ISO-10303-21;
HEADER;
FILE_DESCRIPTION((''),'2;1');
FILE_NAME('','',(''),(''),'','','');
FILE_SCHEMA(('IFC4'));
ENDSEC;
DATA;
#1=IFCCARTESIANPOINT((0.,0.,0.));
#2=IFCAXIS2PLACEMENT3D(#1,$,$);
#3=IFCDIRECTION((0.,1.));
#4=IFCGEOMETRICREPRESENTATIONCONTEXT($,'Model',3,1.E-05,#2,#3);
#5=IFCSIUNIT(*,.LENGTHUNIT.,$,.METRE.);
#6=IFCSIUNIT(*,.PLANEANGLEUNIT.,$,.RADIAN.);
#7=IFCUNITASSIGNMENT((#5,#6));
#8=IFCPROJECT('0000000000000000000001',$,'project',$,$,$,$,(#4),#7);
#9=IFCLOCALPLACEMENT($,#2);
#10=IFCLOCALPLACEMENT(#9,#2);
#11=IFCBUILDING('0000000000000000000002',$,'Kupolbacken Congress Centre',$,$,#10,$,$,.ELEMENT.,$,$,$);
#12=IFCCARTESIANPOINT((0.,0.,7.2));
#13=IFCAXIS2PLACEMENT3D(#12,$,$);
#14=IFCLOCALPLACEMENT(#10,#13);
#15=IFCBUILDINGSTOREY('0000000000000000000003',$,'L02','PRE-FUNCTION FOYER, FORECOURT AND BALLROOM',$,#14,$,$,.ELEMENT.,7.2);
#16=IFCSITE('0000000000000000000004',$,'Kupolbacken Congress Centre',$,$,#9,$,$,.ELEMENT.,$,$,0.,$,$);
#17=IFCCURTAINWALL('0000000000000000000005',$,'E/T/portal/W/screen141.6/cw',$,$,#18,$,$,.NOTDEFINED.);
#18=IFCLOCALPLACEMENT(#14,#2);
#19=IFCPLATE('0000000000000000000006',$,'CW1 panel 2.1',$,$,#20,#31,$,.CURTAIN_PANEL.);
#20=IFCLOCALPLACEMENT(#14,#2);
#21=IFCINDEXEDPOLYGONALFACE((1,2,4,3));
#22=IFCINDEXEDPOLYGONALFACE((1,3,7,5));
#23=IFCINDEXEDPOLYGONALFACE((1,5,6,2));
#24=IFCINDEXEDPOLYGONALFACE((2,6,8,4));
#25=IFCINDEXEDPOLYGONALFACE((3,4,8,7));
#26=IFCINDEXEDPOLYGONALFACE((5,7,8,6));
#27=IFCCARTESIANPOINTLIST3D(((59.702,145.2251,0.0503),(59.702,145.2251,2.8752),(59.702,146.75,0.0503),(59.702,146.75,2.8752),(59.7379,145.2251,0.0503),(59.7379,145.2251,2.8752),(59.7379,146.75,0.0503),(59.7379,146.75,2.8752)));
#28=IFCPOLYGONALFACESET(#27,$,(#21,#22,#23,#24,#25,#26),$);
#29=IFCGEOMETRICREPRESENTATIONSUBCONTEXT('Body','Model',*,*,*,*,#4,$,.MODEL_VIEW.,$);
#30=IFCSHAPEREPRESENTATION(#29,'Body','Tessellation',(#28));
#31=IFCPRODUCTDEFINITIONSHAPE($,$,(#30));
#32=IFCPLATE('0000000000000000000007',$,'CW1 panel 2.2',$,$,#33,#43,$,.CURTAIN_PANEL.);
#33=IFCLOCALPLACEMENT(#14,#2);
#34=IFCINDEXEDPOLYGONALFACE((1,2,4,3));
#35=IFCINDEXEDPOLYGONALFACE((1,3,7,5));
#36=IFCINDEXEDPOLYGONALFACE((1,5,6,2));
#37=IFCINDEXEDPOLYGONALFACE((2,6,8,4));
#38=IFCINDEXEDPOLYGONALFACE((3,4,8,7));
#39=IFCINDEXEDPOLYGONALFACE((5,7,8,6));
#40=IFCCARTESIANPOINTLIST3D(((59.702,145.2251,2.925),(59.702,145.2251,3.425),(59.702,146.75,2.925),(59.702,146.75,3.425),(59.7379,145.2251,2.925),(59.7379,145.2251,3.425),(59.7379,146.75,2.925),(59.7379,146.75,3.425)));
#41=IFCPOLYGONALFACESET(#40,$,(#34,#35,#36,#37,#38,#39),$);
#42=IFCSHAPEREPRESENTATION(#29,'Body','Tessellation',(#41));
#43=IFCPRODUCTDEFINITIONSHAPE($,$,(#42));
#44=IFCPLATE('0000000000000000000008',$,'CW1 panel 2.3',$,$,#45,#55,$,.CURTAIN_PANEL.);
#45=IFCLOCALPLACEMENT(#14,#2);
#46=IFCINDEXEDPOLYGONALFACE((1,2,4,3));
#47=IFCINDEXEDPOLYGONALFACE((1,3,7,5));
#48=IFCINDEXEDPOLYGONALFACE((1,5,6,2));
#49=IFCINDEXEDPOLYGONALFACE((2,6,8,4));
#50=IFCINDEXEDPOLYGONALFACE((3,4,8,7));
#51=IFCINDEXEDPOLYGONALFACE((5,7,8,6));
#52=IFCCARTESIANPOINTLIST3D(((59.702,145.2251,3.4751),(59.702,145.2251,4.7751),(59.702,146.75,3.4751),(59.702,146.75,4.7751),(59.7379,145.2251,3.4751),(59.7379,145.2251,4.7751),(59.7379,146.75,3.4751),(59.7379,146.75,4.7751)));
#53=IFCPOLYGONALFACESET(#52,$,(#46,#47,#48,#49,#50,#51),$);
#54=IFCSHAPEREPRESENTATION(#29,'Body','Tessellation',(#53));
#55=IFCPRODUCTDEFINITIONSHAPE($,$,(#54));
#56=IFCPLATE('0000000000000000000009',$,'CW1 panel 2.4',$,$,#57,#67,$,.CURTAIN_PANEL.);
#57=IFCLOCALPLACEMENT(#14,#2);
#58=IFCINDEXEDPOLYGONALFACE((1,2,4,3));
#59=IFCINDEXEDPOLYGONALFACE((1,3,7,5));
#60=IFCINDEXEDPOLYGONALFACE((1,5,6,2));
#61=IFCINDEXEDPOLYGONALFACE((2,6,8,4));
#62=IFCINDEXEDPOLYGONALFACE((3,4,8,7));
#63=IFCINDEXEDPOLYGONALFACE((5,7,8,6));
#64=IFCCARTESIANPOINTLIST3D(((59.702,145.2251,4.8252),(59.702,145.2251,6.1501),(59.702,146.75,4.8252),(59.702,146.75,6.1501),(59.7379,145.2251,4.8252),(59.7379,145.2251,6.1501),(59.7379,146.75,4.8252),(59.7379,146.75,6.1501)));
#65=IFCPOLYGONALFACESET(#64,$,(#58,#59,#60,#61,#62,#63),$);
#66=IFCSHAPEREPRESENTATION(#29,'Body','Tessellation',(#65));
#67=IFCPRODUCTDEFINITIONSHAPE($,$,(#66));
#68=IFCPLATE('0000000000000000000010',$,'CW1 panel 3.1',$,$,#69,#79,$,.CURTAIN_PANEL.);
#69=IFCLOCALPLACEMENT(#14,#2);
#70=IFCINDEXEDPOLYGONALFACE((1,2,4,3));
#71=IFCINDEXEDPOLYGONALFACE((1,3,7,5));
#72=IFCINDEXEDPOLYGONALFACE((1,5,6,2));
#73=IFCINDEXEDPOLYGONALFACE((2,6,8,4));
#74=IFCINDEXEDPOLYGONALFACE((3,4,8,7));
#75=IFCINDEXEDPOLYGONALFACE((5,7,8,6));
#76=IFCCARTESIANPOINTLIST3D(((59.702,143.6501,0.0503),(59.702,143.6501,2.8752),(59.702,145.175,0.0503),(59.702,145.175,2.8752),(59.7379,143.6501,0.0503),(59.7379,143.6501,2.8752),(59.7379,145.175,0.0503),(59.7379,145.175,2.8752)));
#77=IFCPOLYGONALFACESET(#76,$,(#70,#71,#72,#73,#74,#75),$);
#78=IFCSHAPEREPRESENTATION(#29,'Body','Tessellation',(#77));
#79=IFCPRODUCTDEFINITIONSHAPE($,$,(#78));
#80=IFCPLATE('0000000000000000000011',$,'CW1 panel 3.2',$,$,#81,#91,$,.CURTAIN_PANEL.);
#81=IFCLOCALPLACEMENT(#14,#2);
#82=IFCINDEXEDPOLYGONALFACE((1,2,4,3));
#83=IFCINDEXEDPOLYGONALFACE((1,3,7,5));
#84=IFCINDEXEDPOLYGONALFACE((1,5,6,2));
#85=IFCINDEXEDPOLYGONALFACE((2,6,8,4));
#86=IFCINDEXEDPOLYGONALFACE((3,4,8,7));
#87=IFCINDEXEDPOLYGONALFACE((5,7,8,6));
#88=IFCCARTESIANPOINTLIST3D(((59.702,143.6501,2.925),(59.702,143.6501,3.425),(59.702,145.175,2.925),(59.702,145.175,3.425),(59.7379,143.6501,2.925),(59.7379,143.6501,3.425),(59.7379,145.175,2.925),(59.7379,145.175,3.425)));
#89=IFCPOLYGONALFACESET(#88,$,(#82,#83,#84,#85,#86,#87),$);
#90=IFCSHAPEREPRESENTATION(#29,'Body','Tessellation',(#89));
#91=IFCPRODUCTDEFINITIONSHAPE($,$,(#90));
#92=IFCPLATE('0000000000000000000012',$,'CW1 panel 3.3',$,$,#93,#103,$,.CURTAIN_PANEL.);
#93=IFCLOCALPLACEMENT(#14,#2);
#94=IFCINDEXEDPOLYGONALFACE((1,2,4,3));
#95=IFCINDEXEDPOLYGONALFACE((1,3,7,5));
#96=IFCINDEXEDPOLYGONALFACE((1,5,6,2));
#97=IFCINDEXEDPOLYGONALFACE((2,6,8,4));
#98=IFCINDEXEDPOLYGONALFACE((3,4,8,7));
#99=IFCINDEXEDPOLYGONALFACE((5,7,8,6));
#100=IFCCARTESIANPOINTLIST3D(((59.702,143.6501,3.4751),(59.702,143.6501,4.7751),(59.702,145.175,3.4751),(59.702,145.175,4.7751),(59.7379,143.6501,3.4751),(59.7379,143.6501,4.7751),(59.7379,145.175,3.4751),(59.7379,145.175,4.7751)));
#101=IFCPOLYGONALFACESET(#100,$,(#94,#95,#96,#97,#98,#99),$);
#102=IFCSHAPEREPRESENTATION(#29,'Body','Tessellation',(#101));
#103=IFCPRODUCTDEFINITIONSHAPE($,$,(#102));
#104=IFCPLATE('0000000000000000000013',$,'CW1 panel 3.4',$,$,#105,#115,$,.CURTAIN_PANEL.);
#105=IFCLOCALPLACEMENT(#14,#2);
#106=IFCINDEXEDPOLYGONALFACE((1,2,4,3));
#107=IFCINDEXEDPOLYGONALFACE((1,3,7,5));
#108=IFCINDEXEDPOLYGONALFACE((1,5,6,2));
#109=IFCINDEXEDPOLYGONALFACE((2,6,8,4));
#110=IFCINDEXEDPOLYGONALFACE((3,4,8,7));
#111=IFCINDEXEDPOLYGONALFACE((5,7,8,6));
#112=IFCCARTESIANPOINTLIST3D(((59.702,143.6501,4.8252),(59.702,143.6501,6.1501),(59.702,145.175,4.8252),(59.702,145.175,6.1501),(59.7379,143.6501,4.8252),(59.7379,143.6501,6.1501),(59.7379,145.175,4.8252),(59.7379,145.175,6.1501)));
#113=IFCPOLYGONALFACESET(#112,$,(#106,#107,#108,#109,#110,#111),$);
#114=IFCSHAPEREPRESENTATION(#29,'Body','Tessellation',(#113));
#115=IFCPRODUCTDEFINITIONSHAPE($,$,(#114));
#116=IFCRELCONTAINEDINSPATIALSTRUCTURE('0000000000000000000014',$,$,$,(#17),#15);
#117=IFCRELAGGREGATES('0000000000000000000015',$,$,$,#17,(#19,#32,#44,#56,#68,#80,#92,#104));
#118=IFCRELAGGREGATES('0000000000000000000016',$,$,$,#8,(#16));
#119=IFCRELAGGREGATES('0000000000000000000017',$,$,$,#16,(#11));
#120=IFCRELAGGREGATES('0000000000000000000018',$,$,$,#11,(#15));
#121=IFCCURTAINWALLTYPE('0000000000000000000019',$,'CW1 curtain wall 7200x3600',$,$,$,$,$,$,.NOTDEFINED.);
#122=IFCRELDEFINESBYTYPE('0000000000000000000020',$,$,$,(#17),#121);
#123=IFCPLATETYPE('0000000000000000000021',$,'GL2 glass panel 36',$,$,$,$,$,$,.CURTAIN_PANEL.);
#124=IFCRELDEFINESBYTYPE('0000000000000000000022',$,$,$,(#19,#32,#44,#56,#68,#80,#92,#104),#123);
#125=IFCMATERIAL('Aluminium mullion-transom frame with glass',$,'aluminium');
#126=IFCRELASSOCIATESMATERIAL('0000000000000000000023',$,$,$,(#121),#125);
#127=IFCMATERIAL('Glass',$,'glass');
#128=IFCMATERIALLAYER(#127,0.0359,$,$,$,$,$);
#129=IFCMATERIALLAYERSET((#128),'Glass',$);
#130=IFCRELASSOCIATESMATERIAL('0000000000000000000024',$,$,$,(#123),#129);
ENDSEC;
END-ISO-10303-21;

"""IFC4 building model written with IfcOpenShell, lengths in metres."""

from ifc_helpers import new_model, si_unit, direction, frame, origin, origin_2d, place, context, subcontext, project, spatial, rectangle, extrude, material, layer, layer_set, type_object, element, aggregate, save


model = new_model("IFC4")

# Units and contexts
model_context = context("Model", 3, precision=1e-05, world=origin(), true_north=direction((0.0, 1.0)))
body_context = subcontext(model_context, "Body", "Model", "MODEL_VIEW")
ifc_project = project(units=[si_unit("LENGTHUNIT", "METRE"), si_unit("PLANEANGLEUNIT", "RADIAN")], contexts=[model_context])

# Site, building, storey
site_placement = place(None, origin())
site = spatial("IfcSite", under=ifc_project, at=site_placement, Name="Kupolbacken Congress Centre", CompositionType="ELEMENT", RefElevation=0.0)
building_placement = place(site_placement, origin())
building = spatial("IfcBuilding", under=site, at=building_placement, Name="Kupolbacken Congress Centre", CompositionType="ELEMENT")
storey_placement = place(building_placement, frame((0.0, 0.0, 7.2)))
storey = spatial("IfcBuildingStorey", under=building, at=storey_placement, Name="L02", Description="PRE-FUNCTION FOYER, FORECOURT AND BALLROOM", CompositionType="ELEMENT", Elevation=7.2)

# Curtain wall, plates
ifc_material_1 = material(Name="Aluminium mullion-transom frame with glass", Category="aluminium")
curtain_wall_type = type_object("IfcCurtainWallType", Name="CW1 curtain wall 7200x3600", PredefinedType="NOTDEFINED", material=ifc_material_1)
curtain_wall_placement = place(storey_placement, origin())
curtain_wall = element("IfcCurtainWall", 1, at=curtain_wall_placement, inside=storey, type_object=curtain_wall_type, Name="E/T/portal/W/screen141.6/cw", PredefinedType="NOTDEFINED")
ifc_material_2 = material(Name="Glass", Category="glass")
ifc_layer = layer(ifc_material_2, 0.0359)
ifc_layer_set = layer_set([ifc_layer], Name="Glass")
plate_type = type_object("IfcPlateType", Name="GL2 glass panel 36", PredefinedType="CURTAIN_PANEL", material=ifc_layer_set)
plate_1_placement = place(storey_placement, frame((59.72, 145.9875, 0.0503), z_axis=(0.0, 0.0, 1.0), x_axis=(0.0, -1.0, 0.0)))
plate_1 = element("IfcPlate", 2, at=plate_1_placement, type_object=plate_type, Name="CW1 panel 2.1", PredefinedType="CURTAIN_PANEL", context=body_context, shape_type="SweptSolid", body=[
    extrude(rectangle(XDim=1.5249, YDim=0.0359, at=origin_2d()), origin(), (0.0, 0.0, 1.0), 2.825),
])
plate_2_placement = place(storey_placement, frame((59.72, 145.9875, 2.925), z_axis=(0.0, 0.0, 1.0), x_axis=(0.0, -1.0, 0.0)))
plate_2 = element("IfcPlate", 3, at=plate_2_placement, type_object=plate_type, Name="CW1 panel 2.2", PredefinedType="CURTAIN_PANEL", context=body_context, shape_type="SweptSolid", body=[
    extrude(rectangle(XDim=1.5249, YDim=0.0359, at=origin_2d()), origin(), (0.0, 0.0, 1.0), 0.5),
])
plate_3_placement = place(storey_placement, frame((59.72, 145.9875, 3.4751), z_axis=(0.0, 0.0, 1.0), x_axis=(0.0, -1.0, 0.0)))
plate_3 = element("IfcPlate", 4, at=plate_3_placement, type_object=plate_type, Name="CW1 panel 2.3", PredefinedType="CURTAIN_PANEL", context=body_context, shape_type="SweptSolid", body=[
    extrude(rectangle(XDim=1.5249, YDim=0.0359, at=origin_2d()), origin(), (0.0, 0.0, 1.0), 1.3),
])
plate_4_placement = place(storey_placement, frame((59.72, 145.9875, 4.8252), z_axis=(0.0, 0.0, 1.0), x_axis=(0.0, -1.0, 0.0)))
plate_4 = element("IfcPlate", 5, at=plate_4_placement, type_object=plate_type, Name="CW1 panel 2.4", PredefinedType="CURTAIN_PANEL", context=body_context, shape_type="SweptSolid", body=[
    extrude(rectangle(XDim=1.5249, YDim=0.0359, at=origin_2d()), origin(), (0.0, 0.0, 1.0), 1.325),
])
plate_5_placement = place(storey_placement, frame((59.72, 144.4126, 0.0503), z_axis=(0.0, 0.0, 1.0), x_axis=(0.0, -1.0, 0.0)))
plate_5 = element("IfcPlate", 6, at=plate_5_placement, type_object=plate_type, Name="CW1 panel 3.1", PredefinedType="CURTAIN_PANEL", context=body_context, shape_type="SweptSolid", body=[
    extrude(rectangle(XDim=1.5249, YDim=0.0359, at=origin_2d()), origin(), (0.0, 0.0, 1.0), 2.825),
])
plate_6_placement = place(storey_placement, frame((59.72, 144.4126, 2.925), z_axis=(0.0, 0.0, 1.0), x_axis=(0.0, -1.0, 0.0)))
plate_6 = element("IfcPlate", 7, at=plate_6_placement, type_object=plate_type, Name="CW1 panel 3.2", PredefinedType="CURTAIN_PANEL", context=body_context, shape_type="SweptSolid", body=[
    extrude(rectangle(XDim=1.5249, YDim=0.0359, at=origin_2d()), origin(), (0.0, 0.0, 1.0), 0.5),
])
plate_7_placement = place(storey_placement, frame((59.72, 144.4126, 3.4751), z_axis=(0.0, 0.0, 1.0), x_axis=(0.0, -1.0, 0.0)))
plate_7 = element("IfcPlate", 8, at=plate_7_placement, type_object=plate_type, Name="CW1 panel 3.3", PredefinedType="CURTAIN_PANEL", context=body_context, shape_type="SweptSolid", body=[
    extrude(rectangle(XDim=1.5249, YDim=0.0359, at=origin_2d()), origin(), (0.0, 0.0, 1.0), 1.3),
])
plate_8_placement = place(storey_placement, frame((59.72, 144.4126, 4.8252), z_axis=(0.0, 0.0, 1.0), x_axis=(0.0, -1.0, 0.0)))
plate_8 = element("IfcPlate", 9, at=plate_8_placement, type_object=plate_type, Name="CW1 panel 3.4", PredefinedType="CURTAIN_PANEL", context=body_context, shape_type="SweptSolid", body=[
    extrude(rectangle(XDim=1.5249, YDim=0.0359, at=origin_2d()), origin(), (0.0, 0.0, 1.0), 1.325),
])
aggregate(curtain_wall, [plate_1, plate_2, plate_3, plate_4, plate_5, plate_6, plate_7, plate_8])

save(model, "model.ifc")
